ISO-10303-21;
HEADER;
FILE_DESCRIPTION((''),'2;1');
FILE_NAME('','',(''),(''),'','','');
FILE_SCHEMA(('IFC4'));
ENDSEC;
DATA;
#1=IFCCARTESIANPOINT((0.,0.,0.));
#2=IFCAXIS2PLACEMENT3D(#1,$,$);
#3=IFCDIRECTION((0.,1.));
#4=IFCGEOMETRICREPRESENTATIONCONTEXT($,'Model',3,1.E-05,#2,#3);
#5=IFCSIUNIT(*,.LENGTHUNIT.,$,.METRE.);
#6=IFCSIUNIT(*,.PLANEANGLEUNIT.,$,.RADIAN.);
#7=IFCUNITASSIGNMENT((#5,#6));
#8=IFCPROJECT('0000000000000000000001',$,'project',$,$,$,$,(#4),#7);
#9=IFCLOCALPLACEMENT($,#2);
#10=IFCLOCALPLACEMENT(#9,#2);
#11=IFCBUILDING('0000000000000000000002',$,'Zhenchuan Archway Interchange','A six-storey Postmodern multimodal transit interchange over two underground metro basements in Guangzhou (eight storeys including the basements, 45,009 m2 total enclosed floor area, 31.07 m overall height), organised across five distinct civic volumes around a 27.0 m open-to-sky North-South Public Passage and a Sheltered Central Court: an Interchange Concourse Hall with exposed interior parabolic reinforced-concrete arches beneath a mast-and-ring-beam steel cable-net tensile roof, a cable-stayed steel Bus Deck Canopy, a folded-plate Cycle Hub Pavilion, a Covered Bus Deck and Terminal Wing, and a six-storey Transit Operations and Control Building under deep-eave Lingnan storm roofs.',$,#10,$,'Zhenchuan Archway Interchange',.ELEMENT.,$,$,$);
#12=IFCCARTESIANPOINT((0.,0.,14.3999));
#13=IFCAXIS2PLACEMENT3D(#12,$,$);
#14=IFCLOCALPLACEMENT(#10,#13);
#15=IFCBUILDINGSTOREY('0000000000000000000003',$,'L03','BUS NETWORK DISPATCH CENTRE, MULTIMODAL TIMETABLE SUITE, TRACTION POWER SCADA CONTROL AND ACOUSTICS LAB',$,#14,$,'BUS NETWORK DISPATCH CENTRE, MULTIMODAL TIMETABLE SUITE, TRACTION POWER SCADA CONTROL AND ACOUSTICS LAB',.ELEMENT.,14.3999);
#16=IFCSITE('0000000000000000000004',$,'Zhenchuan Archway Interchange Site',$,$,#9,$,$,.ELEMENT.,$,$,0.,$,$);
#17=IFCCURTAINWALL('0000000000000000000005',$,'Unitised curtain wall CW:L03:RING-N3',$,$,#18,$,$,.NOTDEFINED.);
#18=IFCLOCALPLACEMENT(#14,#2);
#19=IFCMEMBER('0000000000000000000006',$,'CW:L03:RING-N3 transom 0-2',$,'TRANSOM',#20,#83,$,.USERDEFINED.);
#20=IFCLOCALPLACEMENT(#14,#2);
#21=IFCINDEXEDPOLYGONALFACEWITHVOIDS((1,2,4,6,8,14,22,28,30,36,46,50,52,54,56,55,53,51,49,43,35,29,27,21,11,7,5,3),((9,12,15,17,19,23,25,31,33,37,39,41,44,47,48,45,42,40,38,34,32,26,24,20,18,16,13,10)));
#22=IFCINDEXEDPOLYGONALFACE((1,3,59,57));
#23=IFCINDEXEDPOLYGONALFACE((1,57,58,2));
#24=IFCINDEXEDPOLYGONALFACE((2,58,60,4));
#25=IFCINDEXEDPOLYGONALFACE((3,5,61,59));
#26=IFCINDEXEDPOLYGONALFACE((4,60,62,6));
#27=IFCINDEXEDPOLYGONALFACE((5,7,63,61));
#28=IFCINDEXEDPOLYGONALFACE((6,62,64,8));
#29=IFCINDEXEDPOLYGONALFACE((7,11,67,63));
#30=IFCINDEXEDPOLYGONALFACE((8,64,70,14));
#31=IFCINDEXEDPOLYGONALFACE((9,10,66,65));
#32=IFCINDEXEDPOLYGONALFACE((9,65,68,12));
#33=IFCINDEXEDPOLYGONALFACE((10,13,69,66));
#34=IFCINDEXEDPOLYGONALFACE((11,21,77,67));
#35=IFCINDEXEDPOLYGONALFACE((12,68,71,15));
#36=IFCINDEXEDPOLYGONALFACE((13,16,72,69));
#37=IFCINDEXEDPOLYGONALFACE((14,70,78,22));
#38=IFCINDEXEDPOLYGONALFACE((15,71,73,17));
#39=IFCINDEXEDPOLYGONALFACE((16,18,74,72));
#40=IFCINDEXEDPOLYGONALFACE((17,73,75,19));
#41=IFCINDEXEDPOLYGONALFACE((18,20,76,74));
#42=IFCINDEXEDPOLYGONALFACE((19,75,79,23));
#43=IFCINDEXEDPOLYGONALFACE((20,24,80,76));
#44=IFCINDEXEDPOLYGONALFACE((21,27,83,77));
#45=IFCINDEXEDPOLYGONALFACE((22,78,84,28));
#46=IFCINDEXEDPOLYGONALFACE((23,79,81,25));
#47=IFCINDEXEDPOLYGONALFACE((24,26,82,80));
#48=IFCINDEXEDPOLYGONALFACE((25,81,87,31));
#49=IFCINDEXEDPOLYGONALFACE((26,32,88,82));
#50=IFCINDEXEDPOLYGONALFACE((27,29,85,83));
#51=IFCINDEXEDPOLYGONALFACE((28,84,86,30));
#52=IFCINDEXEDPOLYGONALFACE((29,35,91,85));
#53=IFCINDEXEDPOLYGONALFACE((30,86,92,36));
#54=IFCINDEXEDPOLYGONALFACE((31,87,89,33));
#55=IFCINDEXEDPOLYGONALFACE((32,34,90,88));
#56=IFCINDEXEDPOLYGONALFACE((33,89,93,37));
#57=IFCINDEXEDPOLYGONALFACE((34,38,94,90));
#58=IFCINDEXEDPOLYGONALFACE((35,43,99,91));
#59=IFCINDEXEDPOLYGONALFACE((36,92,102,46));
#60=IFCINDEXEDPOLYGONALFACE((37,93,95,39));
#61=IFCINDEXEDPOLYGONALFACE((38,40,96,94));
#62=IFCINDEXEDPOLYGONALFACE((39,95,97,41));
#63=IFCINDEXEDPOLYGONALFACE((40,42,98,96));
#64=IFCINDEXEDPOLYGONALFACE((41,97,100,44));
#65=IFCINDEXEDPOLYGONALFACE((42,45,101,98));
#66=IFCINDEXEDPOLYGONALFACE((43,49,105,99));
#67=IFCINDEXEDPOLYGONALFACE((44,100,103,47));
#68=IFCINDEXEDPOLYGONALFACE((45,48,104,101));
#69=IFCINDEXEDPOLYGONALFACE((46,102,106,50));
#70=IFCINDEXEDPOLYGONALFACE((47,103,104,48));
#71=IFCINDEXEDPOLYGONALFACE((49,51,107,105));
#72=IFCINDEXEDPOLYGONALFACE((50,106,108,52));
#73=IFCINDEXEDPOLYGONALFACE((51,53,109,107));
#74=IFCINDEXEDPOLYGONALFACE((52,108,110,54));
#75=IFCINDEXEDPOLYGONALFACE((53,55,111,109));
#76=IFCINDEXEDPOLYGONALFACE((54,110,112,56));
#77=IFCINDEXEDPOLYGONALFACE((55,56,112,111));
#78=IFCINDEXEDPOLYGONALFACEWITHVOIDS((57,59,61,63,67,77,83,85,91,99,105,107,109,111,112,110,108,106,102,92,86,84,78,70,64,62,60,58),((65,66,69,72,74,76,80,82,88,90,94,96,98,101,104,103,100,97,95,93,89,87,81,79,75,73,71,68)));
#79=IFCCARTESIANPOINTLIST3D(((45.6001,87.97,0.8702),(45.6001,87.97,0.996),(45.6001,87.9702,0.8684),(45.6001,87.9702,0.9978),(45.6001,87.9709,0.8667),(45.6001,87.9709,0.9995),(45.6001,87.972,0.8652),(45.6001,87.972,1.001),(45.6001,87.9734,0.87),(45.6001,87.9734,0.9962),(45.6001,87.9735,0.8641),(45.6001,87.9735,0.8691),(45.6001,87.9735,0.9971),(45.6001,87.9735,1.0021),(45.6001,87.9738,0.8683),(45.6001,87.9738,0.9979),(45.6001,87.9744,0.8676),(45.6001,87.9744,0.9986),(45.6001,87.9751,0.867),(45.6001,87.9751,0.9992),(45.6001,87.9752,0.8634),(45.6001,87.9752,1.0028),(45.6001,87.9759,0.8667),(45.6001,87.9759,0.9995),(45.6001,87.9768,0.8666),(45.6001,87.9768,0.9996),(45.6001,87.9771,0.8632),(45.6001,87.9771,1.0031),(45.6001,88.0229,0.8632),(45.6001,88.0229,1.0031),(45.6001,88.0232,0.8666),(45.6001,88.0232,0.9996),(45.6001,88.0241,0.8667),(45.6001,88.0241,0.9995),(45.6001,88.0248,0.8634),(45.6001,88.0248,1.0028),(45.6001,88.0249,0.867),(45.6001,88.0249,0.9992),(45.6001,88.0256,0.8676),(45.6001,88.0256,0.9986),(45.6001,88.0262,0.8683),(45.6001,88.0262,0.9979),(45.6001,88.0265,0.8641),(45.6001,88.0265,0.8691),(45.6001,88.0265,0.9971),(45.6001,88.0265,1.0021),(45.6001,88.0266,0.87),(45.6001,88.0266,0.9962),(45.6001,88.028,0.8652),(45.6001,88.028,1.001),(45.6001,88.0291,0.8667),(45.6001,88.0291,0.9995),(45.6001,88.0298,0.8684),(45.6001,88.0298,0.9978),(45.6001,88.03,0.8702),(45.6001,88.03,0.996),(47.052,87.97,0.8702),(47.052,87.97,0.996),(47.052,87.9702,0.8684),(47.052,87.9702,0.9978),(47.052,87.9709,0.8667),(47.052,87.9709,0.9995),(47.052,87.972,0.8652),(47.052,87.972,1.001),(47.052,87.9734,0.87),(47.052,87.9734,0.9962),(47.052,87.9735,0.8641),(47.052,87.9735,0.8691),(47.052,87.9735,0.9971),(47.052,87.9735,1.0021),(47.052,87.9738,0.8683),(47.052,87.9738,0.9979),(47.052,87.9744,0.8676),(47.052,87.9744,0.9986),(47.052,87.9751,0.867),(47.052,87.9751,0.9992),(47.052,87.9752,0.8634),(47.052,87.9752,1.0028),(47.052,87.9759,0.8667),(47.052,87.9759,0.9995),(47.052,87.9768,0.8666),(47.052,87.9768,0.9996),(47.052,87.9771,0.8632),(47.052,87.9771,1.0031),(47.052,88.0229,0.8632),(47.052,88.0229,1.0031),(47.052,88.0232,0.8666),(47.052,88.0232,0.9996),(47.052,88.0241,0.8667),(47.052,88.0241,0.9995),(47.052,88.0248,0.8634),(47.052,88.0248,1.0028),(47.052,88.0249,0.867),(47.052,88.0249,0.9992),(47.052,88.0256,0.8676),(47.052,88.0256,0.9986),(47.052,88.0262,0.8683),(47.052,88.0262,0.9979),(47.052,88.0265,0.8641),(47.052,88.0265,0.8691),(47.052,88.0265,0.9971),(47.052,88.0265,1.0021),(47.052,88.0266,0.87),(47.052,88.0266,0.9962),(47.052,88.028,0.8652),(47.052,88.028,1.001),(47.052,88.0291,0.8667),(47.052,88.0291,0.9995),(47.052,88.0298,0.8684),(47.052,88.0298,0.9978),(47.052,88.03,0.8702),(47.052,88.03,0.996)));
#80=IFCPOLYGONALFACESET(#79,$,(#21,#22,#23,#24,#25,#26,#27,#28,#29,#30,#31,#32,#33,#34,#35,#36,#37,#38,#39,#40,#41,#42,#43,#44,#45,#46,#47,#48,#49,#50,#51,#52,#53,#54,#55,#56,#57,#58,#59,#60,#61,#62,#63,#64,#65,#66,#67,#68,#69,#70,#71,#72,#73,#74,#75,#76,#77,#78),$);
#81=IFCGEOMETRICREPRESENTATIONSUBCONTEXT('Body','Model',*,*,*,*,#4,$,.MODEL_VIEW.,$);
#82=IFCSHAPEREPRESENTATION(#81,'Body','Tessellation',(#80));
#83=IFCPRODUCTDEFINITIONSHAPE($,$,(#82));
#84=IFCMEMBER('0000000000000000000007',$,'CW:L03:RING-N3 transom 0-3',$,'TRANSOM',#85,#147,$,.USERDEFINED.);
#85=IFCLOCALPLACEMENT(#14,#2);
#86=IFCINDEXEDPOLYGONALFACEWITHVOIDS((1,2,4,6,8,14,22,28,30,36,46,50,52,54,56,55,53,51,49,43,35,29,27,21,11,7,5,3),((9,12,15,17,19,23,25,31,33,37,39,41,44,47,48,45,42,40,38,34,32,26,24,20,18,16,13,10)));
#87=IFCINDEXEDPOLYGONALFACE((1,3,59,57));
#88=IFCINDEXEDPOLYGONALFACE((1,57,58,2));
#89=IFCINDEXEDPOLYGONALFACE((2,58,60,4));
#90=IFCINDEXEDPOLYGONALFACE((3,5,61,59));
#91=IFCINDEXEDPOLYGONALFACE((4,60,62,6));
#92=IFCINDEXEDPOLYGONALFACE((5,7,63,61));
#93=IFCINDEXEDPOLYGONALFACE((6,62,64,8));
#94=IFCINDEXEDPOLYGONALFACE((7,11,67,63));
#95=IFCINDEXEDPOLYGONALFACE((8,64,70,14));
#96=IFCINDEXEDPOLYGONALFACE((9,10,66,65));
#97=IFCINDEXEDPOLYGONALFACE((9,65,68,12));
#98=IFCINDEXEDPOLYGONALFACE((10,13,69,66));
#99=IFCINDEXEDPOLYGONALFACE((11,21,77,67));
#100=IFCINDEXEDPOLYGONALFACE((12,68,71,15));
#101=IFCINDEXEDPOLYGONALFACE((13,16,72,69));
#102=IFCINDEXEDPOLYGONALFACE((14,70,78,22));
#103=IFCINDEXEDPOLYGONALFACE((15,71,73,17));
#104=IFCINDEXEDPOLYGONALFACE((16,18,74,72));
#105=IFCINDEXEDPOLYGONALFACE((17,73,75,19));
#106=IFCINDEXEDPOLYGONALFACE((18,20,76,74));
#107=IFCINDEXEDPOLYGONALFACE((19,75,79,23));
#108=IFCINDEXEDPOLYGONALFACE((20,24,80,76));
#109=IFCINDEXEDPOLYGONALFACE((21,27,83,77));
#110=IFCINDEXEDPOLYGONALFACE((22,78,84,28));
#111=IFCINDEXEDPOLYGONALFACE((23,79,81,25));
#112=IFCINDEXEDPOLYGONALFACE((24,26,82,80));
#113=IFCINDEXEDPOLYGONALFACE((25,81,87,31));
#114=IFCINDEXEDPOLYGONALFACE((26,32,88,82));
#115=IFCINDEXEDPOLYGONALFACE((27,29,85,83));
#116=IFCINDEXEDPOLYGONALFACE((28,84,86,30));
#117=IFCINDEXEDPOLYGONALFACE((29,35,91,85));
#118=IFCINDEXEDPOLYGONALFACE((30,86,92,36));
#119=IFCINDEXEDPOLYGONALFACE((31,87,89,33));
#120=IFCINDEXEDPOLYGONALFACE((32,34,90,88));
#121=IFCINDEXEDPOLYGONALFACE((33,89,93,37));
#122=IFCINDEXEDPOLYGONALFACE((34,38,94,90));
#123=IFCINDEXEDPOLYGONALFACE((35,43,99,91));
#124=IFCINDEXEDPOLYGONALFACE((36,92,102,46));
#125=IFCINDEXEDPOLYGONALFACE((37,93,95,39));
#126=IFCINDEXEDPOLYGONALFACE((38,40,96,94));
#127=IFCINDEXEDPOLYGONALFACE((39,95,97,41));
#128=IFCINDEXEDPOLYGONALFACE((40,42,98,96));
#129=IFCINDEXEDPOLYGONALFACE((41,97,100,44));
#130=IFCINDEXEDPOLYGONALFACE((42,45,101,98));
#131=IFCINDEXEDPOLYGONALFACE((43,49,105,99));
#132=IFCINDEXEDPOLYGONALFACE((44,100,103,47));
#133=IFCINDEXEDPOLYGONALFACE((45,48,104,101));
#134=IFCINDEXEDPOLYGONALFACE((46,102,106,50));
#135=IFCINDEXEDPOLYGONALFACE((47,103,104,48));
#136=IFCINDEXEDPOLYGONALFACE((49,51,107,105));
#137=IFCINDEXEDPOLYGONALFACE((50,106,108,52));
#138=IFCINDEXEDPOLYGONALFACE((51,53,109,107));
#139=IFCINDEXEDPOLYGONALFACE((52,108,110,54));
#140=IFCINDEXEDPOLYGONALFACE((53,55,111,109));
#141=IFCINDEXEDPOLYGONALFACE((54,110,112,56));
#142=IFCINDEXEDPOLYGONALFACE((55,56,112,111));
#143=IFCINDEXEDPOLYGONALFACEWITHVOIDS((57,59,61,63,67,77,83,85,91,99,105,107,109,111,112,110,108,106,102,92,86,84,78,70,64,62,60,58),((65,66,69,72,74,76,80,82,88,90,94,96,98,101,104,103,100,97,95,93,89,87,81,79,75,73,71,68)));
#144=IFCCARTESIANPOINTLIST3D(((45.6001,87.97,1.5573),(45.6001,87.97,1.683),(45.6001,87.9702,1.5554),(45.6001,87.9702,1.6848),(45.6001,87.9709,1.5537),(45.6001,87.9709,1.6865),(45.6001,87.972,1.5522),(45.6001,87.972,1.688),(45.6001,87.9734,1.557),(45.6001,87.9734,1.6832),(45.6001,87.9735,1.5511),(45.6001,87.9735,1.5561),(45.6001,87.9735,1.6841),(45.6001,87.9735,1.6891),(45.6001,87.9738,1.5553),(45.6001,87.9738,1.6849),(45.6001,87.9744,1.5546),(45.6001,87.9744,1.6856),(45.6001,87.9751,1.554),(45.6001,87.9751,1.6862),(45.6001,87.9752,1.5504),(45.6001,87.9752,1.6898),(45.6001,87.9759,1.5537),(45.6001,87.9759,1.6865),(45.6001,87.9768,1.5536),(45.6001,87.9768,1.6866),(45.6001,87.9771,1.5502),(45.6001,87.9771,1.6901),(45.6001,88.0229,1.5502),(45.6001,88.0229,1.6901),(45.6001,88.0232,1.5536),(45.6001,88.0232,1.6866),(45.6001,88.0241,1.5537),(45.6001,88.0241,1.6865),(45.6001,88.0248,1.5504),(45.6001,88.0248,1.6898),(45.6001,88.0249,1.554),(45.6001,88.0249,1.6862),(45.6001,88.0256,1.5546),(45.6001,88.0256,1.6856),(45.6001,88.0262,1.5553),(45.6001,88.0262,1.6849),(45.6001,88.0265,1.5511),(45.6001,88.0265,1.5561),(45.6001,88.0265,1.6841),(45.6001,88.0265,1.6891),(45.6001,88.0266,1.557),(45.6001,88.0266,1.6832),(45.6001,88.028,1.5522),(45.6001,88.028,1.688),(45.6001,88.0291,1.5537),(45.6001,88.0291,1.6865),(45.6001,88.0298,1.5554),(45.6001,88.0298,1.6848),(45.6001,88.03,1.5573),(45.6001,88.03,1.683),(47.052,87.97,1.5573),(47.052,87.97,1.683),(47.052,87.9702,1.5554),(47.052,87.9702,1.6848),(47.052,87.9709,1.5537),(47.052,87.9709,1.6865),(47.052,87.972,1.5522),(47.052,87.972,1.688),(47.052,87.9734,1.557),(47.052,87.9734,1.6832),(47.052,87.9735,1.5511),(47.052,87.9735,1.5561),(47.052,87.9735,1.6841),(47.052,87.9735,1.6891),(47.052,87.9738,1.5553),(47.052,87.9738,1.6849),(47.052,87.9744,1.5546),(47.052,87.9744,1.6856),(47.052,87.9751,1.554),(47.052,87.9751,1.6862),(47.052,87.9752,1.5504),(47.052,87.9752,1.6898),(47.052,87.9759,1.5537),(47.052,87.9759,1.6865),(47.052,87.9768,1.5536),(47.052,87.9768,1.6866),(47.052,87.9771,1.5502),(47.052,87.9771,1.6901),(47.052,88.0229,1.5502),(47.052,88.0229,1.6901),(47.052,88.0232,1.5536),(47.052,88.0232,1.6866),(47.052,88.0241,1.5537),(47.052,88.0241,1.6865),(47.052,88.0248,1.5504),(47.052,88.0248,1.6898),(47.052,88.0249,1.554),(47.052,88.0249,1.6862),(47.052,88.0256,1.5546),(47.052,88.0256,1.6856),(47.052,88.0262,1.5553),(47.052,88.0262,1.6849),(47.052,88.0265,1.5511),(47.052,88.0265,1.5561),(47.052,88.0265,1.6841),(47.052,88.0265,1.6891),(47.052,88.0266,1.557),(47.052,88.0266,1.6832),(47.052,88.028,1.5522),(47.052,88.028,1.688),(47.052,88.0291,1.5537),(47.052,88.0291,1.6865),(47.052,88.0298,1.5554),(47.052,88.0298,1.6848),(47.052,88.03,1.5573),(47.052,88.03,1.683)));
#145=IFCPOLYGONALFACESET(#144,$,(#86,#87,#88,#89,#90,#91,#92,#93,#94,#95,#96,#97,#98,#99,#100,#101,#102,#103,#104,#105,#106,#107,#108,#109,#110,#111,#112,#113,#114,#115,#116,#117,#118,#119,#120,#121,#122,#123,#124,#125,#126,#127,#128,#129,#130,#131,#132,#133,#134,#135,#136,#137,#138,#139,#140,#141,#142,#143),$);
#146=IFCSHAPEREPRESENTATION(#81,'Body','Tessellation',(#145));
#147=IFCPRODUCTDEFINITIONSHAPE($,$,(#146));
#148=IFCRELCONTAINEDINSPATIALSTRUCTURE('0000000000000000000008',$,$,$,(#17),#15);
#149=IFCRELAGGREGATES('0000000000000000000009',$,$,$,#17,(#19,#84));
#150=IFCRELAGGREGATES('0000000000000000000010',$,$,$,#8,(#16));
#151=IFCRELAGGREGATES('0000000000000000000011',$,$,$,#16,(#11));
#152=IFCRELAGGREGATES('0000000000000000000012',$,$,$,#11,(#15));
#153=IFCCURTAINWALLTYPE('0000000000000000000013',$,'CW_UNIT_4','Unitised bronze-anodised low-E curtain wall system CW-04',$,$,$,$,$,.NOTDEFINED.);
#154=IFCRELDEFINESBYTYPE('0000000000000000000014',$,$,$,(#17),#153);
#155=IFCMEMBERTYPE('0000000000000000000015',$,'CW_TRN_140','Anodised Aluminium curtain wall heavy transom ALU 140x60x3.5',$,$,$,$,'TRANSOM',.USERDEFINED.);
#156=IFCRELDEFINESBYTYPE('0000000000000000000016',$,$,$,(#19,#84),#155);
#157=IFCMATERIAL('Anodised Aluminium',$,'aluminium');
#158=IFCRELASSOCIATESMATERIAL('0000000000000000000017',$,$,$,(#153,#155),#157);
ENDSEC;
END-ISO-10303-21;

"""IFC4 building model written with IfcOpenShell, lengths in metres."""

from ifc_helpers import new_model, si_unit, direction, frame, origin, origin_2d, place, context, subcontext, project, spatial, hollow_rectangle, extrude, material, material_profile, profile_set, type_object, element, aggregate, save


model = new_model("IFC4")

# Units and contexts
model_context = context("Model", 3, precision=1e-05, world=origin(), true_north=direction((0.0, 1.0)))
body_context = subcontext(model_context, "Body", "Model", "MODEL_VIEW")
ifc_project = project(units=[si_unit("LENGTHUNIT", "METRE"), si_unit("PLANEANGLEUNIT", "RADIAN")], contexts=[model_context])

# Site, building, storey
site_placement = place(None, origin())
site = spatial("IfcSite", under=ifc_project, at=site_placement, Name="Zhenchuan Archway Interchange Site", CompositionType="ELEMENT", RefElevation=0.0)
building_placement = place(site_placement, origin())
building = spatial("IfcBuilding", under=site, at=building_placement, Name="Zhenchuan Archway Interchange", Description="A six-storey Postmodern multimodal transit interchange over two underground metro basements in Guangzhou (eight storeys including the basements, 45,009 m2 total enclosed floor area, 31.07 m overall height), organised across five distinct civic volumes around a 27.0 m open-to-sky North-South Public Passage and a Sheltered Central Court: an Interchange Concourse Hall with exposed interior parabolic reinforced-concrete arches beneath a mast-and-ring-beam steel cable-net tensile roof, a cable-stayed steel Bus Deck Canopy, a folded-plate Cycle Hub Pavilion, a Covered Bus Deck and Terminal Wing, and a six-storey Transit Operations and Control Building under deep-eave Lingnan storm roofs.", LongName="Zhenchuan Archway Interchange", CompositionType="ELEMENT")
storey_placement = place(building_placement, frame((0.0, 0.0, 14.3999)))
storey = spatial("IfcBuildingStorey", under=building, at=storey_placement, Name="L03", Description="BUS NETWORK DISPATCH CENTRE, MULTIMODAL TIMETABLE SUITE, TRACTION POWER SCADA CONTROL AND ACOUSTICS LAB", LongName="BUS NETWORK DISPATCH CENTRE, MULTIMODAL TIMETABLE SUITE, TRACTION POWER SCADA CONTROL AND ACOUSTICS LAB", CompositionType="ELEMENT", Elevation=14.3999)

# Curtain wall
ifc_material_1 = material(Name="Anodised Aluminium", Category="aluminium")
curtain_wall_type = type_object("IfcCurtainWallType", Name="CW_UNIT_4", Description="Unitised bronze-anodised low-E curtain wall system CW-04", PredefinedType="NOTDEFINED", material=ifc_material_1)
curtain_wall_1_placement = place(storey_placement, origin())
curtain_wall_1 = element("IfcCurtainWall", 1, at=curtain_wall_1_placement, inside=storey, type_object=curtain_wall_type, Name="Unitised curtain wall CW:L03:RING-N3", PredefinedType="NOTDEFINED")

# Members
ifc_material_profile_1 = material_profile(ifc_material_1, hollow_rectangle(XDim=0.0601, YDim=0.1399, WallThickness=0.0034, InnerFilletRadius=0.0034, OuterFilletRadius=0.0071, at=origin_2d()), Name="ALU 140x60x3.5")
ifc_profile_set_1 = profile_set([ifc_material_profile_1], Name="Anodised Aluminium")
member_type_1 = type_object("IfcMemberType", Name="CW_TRN_140", Description="Anodised Aluminium curtain wall heavy transom ALU 140x60x3.5", ElementType="TRANSOM", PredefinedType="USERDEFINED", material=ifc_profile_set_1)
member_1_placement = place(storey_placement, frame((45.6001, 88.0, 0.9331), z_axis=(1.0, 0.0, 0.0), x_axis=(0.0, 1.0, 0.0)))
member_1 = element("IfcMember", 2, at=member_1_placement, type_object=member_type_1, Name="CW:L03:RING-N3 transom 0-2", ObjectType="TRANSOM", PredefinedType="USERDEFINED", context=body_context, shape_type="SweptSolid", body=[
    extrude(hollow_rectangle(XDim=0.0601, YDim=0.1399, WallThickness=0.0034, InnerFilletRadius=0.0034, OuterFilletRadius=0.0071, at=origin_2d()), origin(), (0.0, 0.0, 1.0), 1.4519),
])
member_2_placement = place(storey_placement, frame((45.6001, 88.0, 1.6201), z_axis=(1.0, 0.0, 0.0), x_axis=(0.0, 1.0, 0.0)))
member_2 = element("IfcMember", 3, at=member_2_placement, type_object=member_type_1, Name="CW:L03:RING-N3 transom 0-3", ObjectType="TRANSOM", PredefinedType="USERDEFINED", context=body_context, shape_type="SweptSolid", body=[
    extrude(hollow_rectangle(XDim=0.0601, YDim=0.1399, WallThickness=0.0034, InnerFilletRadius=0.0034, OuterFilletRadius=0.0071, at=origin_2d()), origin(), (0.0, 0.0, 1.0), 1.4519),
])

aggregate(curtain_wall_1, [member_1, member_2])

save(model, "model.ifc")
